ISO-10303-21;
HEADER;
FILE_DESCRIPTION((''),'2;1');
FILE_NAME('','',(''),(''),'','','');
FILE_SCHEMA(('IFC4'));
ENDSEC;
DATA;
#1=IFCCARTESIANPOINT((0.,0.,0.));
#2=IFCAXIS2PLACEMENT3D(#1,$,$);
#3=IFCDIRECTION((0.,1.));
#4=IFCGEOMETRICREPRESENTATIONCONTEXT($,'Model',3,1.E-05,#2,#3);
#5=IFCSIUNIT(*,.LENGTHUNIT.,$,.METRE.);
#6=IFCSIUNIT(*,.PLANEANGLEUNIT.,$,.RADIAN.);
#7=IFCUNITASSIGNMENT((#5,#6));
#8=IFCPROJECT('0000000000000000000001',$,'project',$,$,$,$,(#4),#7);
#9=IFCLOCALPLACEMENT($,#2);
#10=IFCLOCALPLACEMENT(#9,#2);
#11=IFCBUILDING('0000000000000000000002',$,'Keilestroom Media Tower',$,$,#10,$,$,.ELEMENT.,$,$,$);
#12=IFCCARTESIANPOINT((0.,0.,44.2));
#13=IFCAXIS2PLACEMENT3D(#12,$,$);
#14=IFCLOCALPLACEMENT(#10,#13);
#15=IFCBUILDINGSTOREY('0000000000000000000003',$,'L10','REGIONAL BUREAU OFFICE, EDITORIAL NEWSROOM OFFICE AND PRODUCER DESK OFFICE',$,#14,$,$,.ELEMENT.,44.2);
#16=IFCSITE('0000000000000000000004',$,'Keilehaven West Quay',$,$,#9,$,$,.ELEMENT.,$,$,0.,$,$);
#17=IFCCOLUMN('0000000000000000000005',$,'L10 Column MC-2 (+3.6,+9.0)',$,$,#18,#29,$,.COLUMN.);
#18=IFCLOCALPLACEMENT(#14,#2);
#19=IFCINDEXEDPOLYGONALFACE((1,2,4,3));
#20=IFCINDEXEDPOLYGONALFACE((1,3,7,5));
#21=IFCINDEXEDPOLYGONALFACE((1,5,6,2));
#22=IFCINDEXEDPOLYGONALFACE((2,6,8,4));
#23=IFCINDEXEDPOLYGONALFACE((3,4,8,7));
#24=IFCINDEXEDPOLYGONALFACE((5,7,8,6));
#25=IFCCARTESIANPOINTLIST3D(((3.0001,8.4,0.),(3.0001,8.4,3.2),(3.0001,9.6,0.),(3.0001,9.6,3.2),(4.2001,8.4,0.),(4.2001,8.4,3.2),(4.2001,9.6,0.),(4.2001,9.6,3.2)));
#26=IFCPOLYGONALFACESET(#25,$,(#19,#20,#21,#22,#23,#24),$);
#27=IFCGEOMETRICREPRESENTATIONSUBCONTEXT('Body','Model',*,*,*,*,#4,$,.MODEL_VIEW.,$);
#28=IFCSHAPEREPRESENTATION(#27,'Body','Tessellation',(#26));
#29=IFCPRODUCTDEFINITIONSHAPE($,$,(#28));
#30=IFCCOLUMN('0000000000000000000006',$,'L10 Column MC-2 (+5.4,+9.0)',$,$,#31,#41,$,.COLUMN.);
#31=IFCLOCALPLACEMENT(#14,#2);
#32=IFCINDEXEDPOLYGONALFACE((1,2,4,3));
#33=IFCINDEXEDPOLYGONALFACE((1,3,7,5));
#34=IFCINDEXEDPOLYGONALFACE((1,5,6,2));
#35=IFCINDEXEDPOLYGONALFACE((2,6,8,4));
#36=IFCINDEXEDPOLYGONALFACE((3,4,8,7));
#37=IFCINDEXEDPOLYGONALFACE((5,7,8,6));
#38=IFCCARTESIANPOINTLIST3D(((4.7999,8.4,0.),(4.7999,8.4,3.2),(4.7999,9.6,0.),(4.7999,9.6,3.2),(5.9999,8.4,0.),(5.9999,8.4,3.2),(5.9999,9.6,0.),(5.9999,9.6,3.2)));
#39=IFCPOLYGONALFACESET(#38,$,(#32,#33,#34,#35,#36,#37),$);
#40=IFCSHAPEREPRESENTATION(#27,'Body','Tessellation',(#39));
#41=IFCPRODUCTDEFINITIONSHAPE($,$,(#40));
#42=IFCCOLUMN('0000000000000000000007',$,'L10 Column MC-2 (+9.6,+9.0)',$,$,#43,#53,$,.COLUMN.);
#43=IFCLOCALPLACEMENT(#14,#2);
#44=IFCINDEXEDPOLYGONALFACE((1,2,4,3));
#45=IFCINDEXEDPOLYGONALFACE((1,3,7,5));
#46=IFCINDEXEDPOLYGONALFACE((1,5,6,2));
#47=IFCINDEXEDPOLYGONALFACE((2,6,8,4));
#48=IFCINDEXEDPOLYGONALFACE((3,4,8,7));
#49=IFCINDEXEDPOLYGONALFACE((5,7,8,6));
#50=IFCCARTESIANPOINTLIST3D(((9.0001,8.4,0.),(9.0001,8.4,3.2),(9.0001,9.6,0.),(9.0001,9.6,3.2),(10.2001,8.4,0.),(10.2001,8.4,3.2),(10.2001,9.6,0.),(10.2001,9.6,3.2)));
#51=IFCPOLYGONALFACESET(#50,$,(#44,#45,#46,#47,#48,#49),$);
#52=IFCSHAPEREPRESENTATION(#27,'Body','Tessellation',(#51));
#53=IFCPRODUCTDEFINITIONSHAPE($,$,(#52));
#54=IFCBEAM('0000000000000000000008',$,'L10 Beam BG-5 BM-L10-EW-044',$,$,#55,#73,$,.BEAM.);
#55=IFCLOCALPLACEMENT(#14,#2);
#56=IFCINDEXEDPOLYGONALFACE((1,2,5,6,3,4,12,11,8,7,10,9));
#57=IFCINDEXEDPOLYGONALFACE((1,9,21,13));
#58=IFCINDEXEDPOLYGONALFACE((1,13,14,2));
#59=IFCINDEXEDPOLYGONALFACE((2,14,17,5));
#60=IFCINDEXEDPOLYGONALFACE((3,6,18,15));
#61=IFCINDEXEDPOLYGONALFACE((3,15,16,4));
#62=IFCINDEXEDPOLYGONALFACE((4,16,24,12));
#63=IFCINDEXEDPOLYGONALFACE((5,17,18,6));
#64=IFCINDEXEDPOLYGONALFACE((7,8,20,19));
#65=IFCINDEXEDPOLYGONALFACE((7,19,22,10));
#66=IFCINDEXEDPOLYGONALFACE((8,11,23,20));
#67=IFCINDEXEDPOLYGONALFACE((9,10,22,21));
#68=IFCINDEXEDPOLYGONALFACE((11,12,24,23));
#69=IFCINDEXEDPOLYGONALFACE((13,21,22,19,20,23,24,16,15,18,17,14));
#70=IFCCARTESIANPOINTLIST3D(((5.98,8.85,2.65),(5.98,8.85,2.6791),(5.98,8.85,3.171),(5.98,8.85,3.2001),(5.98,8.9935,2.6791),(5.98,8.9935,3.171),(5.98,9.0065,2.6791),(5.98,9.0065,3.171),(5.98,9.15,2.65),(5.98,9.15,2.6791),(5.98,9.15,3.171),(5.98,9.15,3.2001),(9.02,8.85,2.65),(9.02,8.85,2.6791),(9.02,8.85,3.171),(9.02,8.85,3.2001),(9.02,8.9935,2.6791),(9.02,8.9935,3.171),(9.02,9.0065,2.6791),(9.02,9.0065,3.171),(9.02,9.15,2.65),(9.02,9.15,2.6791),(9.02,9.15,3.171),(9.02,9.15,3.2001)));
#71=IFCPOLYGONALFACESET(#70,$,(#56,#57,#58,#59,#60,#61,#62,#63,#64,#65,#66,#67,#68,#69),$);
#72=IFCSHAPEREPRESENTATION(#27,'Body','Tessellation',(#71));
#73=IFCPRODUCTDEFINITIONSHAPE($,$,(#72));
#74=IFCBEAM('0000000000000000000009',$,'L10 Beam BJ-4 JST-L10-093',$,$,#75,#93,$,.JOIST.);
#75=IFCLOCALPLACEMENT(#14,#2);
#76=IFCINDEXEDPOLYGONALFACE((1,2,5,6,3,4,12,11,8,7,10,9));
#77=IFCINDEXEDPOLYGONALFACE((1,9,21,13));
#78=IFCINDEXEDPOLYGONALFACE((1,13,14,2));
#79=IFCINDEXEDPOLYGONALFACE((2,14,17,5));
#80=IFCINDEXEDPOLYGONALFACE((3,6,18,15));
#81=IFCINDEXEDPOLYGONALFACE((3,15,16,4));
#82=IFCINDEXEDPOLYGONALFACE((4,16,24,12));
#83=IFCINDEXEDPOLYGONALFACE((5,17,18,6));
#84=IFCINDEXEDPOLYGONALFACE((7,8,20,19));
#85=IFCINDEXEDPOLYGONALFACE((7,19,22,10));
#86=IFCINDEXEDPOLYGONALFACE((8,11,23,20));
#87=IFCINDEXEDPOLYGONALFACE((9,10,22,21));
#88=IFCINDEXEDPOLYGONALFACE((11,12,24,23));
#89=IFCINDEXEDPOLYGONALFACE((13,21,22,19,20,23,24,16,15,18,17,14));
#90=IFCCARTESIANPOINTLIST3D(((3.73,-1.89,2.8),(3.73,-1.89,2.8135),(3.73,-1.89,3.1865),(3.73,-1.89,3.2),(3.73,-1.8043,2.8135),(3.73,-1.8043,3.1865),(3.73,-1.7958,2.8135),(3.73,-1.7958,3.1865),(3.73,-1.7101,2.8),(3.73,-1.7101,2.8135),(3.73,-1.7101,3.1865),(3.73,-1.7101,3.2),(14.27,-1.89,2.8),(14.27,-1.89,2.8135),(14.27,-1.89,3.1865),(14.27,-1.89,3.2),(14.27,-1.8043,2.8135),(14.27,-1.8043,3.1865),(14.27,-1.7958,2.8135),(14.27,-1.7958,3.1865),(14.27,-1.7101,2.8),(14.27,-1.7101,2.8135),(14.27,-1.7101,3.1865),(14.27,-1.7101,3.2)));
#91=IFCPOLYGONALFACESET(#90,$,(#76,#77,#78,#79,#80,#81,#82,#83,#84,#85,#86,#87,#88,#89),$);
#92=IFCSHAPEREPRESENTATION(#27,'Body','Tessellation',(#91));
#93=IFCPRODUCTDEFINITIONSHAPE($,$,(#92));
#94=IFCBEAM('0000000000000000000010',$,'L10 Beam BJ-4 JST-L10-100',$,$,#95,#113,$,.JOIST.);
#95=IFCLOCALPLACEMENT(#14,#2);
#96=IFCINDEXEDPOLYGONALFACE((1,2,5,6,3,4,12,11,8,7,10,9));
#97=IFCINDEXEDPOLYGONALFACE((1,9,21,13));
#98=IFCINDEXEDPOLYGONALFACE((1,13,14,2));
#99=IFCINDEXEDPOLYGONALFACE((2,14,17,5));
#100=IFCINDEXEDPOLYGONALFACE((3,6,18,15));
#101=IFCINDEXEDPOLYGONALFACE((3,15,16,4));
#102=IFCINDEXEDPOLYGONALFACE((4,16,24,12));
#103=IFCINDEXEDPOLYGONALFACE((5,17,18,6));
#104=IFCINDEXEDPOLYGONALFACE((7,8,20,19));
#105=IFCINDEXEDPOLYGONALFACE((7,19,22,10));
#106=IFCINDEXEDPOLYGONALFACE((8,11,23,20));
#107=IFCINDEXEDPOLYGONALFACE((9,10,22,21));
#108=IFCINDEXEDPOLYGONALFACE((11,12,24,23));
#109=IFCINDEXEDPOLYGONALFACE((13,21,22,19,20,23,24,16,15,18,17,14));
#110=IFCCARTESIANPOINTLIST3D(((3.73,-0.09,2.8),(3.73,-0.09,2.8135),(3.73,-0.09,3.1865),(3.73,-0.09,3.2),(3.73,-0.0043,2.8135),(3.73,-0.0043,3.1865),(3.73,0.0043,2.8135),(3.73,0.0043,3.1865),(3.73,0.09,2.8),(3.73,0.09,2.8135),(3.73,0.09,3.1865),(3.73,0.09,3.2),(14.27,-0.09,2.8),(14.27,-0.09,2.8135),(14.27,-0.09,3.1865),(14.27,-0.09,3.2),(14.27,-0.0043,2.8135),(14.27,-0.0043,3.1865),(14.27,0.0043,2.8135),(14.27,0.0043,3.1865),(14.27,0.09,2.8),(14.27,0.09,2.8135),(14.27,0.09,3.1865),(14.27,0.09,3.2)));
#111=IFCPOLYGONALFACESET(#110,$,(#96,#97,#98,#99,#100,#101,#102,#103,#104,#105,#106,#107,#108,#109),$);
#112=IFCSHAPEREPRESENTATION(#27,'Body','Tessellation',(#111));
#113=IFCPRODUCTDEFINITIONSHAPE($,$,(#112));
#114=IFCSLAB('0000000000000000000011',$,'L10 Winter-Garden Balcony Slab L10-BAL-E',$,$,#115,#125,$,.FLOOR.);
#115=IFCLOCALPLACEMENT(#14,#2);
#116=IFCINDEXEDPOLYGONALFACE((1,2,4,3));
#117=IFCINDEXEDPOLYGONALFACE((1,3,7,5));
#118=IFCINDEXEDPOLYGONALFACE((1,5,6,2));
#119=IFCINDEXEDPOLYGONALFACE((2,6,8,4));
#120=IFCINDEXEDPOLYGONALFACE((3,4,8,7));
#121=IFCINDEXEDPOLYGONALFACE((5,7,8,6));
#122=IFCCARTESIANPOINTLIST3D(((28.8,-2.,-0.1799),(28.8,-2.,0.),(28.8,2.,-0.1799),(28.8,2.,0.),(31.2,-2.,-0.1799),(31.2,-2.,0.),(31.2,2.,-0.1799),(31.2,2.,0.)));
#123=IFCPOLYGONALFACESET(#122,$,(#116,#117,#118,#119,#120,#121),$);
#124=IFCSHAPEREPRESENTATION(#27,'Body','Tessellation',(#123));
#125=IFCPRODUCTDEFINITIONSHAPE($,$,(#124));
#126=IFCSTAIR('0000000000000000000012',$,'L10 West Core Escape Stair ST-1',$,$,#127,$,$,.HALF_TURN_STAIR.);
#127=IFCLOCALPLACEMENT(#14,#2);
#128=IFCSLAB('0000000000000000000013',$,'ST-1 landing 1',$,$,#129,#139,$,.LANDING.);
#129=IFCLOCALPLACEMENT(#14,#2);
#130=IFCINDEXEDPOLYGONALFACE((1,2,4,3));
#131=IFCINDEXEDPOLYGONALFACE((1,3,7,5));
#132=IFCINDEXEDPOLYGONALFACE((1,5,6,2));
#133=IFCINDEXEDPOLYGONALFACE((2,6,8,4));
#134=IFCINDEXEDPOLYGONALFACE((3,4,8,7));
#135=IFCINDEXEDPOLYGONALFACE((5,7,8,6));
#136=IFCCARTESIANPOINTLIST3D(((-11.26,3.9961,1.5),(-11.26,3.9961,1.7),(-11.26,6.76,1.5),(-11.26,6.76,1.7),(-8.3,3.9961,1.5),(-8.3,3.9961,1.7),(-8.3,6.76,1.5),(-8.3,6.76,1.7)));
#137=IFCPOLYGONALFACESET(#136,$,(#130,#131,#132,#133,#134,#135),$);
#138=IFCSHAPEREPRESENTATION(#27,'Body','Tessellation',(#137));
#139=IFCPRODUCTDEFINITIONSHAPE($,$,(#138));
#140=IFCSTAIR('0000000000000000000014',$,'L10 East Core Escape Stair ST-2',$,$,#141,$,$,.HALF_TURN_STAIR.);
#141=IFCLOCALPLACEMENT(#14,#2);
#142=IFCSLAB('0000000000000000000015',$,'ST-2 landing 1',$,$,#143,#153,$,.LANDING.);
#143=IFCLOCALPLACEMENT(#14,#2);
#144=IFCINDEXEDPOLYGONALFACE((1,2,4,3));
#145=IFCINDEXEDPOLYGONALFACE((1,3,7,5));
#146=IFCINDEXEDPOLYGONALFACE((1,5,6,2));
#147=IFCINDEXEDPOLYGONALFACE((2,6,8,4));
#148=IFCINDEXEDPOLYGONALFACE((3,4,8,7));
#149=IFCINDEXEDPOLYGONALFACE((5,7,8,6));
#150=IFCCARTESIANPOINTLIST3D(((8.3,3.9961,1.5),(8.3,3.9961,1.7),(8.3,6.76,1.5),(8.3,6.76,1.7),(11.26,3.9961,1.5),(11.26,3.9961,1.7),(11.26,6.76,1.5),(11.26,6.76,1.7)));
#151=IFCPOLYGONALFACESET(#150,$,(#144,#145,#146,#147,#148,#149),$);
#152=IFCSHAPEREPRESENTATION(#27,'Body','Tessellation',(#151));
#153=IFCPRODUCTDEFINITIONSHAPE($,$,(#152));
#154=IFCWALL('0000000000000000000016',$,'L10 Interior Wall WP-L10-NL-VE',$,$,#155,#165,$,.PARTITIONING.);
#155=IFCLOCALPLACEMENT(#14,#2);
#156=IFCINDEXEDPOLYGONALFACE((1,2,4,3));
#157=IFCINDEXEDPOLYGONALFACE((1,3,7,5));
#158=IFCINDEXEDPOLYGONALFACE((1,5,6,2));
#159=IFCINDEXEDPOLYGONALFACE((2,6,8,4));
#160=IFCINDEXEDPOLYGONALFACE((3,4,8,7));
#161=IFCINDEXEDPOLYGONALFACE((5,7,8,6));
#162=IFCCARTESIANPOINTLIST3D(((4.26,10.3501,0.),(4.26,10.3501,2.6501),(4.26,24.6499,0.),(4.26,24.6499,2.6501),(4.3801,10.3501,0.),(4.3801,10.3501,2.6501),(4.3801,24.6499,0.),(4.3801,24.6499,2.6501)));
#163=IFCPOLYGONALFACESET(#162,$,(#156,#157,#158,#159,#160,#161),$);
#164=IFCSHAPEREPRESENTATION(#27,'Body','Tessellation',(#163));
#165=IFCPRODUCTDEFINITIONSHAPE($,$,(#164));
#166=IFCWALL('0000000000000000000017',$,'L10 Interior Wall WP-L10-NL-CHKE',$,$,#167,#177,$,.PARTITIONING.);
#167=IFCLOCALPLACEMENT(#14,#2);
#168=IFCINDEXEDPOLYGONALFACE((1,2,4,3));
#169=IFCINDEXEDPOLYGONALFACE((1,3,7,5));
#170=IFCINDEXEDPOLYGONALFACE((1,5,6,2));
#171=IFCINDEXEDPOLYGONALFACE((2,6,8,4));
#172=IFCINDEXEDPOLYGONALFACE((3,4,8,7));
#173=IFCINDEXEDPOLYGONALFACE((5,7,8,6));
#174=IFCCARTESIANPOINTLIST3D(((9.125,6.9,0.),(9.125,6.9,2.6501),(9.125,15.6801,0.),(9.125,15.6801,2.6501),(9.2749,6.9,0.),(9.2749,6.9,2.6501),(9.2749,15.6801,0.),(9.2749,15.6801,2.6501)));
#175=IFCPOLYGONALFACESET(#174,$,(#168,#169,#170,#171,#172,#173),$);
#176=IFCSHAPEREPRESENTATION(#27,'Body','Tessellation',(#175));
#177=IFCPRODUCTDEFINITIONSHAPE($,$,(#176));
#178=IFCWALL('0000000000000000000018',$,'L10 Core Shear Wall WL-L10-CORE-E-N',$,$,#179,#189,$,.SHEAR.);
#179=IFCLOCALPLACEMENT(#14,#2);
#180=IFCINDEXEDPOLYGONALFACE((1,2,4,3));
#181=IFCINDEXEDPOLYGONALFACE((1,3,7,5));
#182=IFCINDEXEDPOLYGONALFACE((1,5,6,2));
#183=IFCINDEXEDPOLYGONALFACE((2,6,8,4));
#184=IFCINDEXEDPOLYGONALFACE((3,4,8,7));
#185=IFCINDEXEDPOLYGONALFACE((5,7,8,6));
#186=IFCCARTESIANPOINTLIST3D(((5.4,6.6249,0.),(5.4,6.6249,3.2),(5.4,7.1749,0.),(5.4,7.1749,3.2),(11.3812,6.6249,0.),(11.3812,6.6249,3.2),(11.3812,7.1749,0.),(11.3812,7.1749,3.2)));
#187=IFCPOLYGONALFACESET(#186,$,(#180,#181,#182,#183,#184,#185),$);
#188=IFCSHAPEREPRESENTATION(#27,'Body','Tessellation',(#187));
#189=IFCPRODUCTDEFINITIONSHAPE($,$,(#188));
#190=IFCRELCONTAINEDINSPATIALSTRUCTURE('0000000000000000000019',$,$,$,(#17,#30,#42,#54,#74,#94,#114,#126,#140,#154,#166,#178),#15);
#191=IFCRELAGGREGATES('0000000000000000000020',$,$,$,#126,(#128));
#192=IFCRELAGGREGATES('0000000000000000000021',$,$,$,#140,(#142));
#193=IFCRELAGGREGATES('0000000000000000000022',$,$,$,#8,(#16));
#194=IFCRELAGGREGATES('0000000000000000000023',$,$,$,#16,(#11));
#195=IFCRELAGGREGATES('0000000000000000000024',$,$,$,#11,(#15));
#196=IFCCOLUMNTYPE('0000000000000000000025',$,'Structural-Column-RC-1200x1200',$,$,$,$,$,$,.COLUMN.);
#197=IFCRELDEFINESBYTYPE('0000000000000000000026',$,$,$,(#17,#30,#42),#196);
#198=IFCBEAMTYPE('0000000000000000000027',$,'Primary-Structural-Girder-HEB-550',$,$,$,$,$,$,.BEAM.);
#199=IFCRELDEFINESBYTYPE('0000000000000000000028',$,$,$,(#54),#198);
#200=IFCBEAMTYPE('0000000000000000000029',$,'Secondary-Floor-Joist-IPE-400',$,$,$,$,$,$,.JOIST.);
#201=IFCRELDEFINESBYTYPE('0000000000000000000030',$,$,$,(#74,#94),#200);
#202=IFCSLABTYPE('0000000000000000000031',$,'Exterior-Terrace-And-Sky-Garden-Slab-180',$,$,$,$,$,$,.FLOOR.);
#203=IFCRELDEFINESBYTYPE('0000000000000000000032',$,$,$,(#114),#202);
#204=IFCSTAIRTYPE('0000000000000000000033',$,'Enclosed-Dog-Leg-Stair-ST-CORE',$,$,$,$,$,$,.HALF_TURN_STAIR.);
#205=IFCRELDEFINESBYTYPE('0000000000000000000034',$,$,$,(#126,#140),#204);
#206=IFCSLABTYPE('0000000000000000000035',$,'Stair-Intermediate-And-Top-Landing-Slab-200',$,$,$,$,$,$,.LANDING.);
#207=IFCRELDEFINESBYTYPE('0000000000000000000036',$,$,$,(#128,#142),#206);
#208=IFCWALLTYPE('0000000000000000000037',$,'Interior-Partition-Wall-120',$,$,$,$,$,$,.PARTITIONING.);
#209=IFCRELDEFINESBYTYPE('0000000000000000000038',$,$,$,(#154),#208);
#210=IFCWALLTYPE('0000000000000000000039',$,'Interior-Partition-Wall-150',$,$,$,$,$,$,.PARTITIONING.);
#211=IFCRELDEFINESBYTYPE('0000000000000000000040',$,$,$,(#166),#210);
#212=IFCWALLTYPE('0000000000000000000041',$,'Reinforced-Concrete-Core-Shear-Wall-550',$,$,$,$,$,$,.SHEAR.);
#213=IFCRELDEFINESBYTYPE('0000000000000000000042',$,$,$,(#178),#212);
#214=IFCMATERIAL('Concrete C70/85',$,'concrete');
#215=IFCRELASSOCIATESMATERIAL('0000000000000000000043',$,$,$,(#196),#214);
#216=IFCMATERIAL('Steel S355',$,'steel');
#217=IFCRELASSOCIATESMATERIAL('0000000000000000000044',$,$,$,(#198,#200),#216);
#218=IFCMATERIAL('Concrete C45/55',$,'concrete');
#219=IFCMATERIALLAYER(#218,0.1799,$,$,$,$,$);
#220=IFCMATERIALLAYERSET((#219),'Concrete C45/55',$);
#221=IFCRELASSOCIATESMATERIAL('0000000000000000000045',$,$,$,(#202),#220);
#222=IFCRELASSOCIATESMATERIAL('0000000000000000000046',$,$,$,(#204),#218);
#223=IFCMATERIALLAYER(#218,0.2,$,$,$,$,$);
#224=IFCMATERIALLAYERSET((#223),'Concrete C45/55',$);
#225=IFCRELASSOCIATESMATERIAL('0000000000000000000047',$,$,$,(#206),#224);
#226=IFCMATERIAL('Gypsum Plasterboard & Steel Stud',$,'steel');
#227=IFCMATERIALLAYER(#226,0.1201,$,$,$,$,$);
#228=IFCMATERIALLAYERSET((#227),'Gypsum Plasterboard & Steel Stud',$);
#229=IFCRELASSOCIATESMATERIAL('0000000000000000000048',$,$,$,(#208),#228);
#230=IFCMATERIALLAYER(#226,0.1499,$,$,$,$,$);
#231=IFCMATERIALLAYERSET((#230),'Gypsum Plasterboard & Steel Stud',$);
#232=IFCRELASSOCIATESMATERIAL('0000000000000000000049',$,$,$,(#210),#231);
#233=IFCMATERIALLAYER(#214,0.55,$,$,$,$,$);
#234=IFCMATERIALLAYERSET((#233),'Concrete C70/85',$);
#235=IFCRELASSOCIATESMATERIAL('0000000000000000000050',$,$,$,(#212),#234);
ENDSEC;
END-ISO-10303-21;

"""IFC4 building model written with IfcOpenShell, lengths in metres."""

from ifc_helpers import new_model, si_unit, direction, frame, frame_2d, origin, origin_2d, place, context, subcontext, project, spatial, polyline, rectangle, i_section, outline, extrude, source, transform, mapped, material, layer, layer_set, material_profile, profile_set, type_object, element, aggregate, save


model = new_model("IFC4")

# Units and contexts
model_context = context("Model", 3, precision=1e-05, world=origin(), true_north=direction((0.0, 1.0)))
body_context = subcontext(model_context, "Body", "Model", "MODEL_VIEW")
ifc_project = project(units=[si_unit("LENGTHUNIT", "METRE"), si_unit("PLANEANGLEUNIT", "RADIAN")], contexts=[model_context])

# Site, building, storey
site_placement = place(None, origin())
site = spatial("IfcSite", under=ifc_project, at=site_placement, Name="Keilehaven West Quay", CompositionType="ELEMENT", RefElevation=0.0)
building_placement = place(site_placement, origin())
building = spatial("IfcBuilding", under=site, at=building_placement, Name="Keilestroom Media Tower", CompositionType="ELEMENT")
storey_placement = place(building_placement, frame((0.0, 0.0, 44.2)))
storey = spatial("IfcBuildingStorey", under=building, at=storey_placement, Name="L10", Description="REGIONAL BUREAU OFFICE, EDITORIAL NEWSROOM OFFICE AND PRODUCER DESK OFFICE", CompositionType="ELEMENT", Elevation=44.2)

# Columns
ifc_material_1 = material(Name="Concrete C70/85", Category="concrete")
ifc_material_profile_1 = material_profile(ifc_material_1, rectangle(XDim=1.2, YDim=1.2, at=origin_2d()), Name="RC 1200x1200")
ifc_profile_set_1 = profile_set([ifc_material_profile_1], Name="Concrete C70/85")
column_type = type_object("IfcColumnType", Name="Structural-Column-RC-1200x1200", PredefinedType="COLUMN", material=ifc_profile_set_1)
shared_shape_1 = source(origin(), body_context, "Body", "SweptSolid", [
    extrude(rectangle(XDim=1.2, YDim=1.2, at=origin_2d()), origin(), (0.0, 0.0, 1.0), 3.2),
])
for number, where, z_axis, x_axis, name in (
    (1, (3.6001, 9.0, 0.0), (0.0, 0.0, 1.0), (1.0, 0.0, 0.0), "L10 Column MC-2 (+3.6,+9.0)"),
    (2, (5.3999, 9.0, 0.0), (0.0, 0.0, 1.0), (1.0, 0.0, 0.0), "L10 Column MC-2 (+5.4,+9.0)"),
    (3, (9.6001, 9.0, 0.0), (0.0, 0.0, 1.0), (1.0, 0.0, 0.0), "L10 Column MC-2 (+9.6,+9.0)"),
):
    element("IfcColumn", number, at=place(storey_placement, frame(where, z_axis=z_axis, x_axis=x_axis)), inside=storey, type_object=column_type, Name=name, PredefinedType="COLUMN", context=body_context, shape_type="MappedRepresentation", body=[
        mapped(shared_shape_1, transform((0.0, 0.0, 0.0), x_axis=(1.0, 0.0, 0.0), y_axis=(0.0, 1.0, 0.0), z_axis=(0.0, 0.0, 1.0), scale=1.0)),
    ])

# Beams
ifc_material_2 = material(Name="Steel S355", Category="steel")
ifc_material_profile_2 = material_profile(ifc_material_2, i_section(OverallWidth=0.3, OverallDepth=0.55, WebThickness=0.0129, FlangeThickness=0.0291, at=origin_2d()), Name="HEB 550")
ifc_profile_set_2 = profile_set([ifc_material_profile_2], Name="Steel S355")
beam_type_1 = type_object("IfcBeamType", Name="Primary-Structural-Girder-HEB-550", PredefinedType="BEAM", material=ifc_profile_set_2)
shared_shape_2 = source(origin(), body_context, "Body", "SweptSolid", [
    extrude(i_section(OverallWidth=0.3, OverallDepth=0.55, WebThickness=0.0129, FlangeThickness=0.0291, at=origin_2d()), origin(), (0.0, 0.0, 1.0), 3.04),
])
beam_placement = place(storey_placement, frame((5.98, 9.0, 2.925), z_axis=(1.0, 0.0, 0.0), x_axis=(0.0, 1.0, 0.0)))
element("IfcBeam", 4, at=beam_placement, inside=storey, type_object=beam_type_1, Name="L10 Beam BG-5 BM-L10-EW-044", PredefinedType="BEAM", context=body_context, shape_type="MappedRepresentation", body=[
    mapped(shared_shape_2, transform((0.0, 0.0, 0.0), x_axis=(1.0, 0.0, 0.0), y_axis=(0.0, 1.0, 0.0), z_axis=(0.0, 0.0, 1.0), scale=1.0)),
])
ifc_material_profile_3 = material_profile(ifc_material_2, i_section(OverallWidth=0.1799, OverallDepth=0.3999, WebThickness=0.0085, FlangeThickness=0.0134, at=origin_2d()), Name="IPE 400")
ifc_profile_set_3 = profile_set([ifc_material_profile_3], Name="Steel S355")
beam_type_2 = type_object("IfcBeamType", Name="Secondary-Floor-Joist-IPE-400", PredefinedType="JOIST", material=ifc_profile_set_3)
shared_shape_3 = source(origin(), body_context, "Body", "SweptSolid", [
    extrude(i_section(OverallWidth=0.1799, OverallDepth=0.3999, WebThickness=0.0085, FlangeThickness=0.0134, at=origin_2d()), origin(), (0.0, 0.0, 1.0), 10.54),
])
for number, where, z_axis, x_axis, name in (
    (5, (3.73, -1.8, 3.0), (1.0, 0.0, 0.0), (0.0, 1.0, 0.0), "L10 Beam BJ-4 JST-L10-093"),
    (6, (3.73, 0.0, 3.0), (1.0, 0.0, 0.0), (0.0, 1.0, 0.0), "L10 Beam BJ-4 JST-L10-100"),
):
    element("IfcBeam", number, at=place(storey_placement, frame(where, z_axis=z_axis, x_axis=x_axis)), inside=storey, type_object=beam_type_2, Name=name, PredefinedType="JOIST", context=body_context, shape_type="MappedRepresentation", body=[
        mapped(shared_shape_3, transform((0.0, 0.0, 0.0), x_axis=(1.0, 0.0, 0.0), y_axis=(0.0, 1.0, 0.0), z_axis=(0.0, 0.0, 1.0), scale=1.0)),
    ])

# Slab
ifc_material_3 = material(Name="Concrete C45/55", Category="concrete")
ifc_layer_1 = layer(ifc_material_3, 0.1799)
ifc_layer_set_1 = layer_set([ifc_layer_1], Name="Concrete C45/55")
slab_type_1 = type_object("IfcSlabType", Name="Exterior-Terrace-And-Sky-Garden-Slab-180", PredefinedType="FLOOR", material=ifc_layer_set_1)
slab_1_placement = place(storey_placement, frame((0.0, 0.0, -0.1799)))
element("IfcSlab", 7, at=slab_1_placement, inside=storey, type_object=slab_type_1, Name="L10 Winter-Garden Balcony Slab L10-BAL-E", PredefinedType="FLOOR", context=body_context, shape_type="SweptSolid", body=[
    extrude(outline(polyline([(28.8, -2.0), (31.2, -2.0), (31.2, 2.0), (28.8, 2.0), (28.8, -2.0)])), origin(), (0.0, 0.0, 1.0), 0.1799),
])

# Stairs, slabs
stair_type = type_object("IfcStairType", Name="Enclosed-Dog-Leg-Stair-ST-CORE", PredefinedType="HALF_TURN_STAIR", material=ifc_material_3)
stair_1_placement = place(storey_placement, origin())
stair_1 = element("IfcStair", 8, at=stair_1_placement, inside=storey, type_object=stair_type, Name="L10 West Core Escape Stair ST-1", PredefinedType="HALF_TURN_STAIR")
ifc_layer_2 = layer(ifc_material_3, 0.2)
ifc_layer_set_2 = layer_set([ifc_layer_2], Name="Concrete C45/55")
slab_type_2 = type_object("IfcSlabType", Name="Stair-Intermediate-And-Top-Landing-Slab-200", PredefinedType="LANDING", material=ifc_layer_set_2)
slab_2_placement = place(storey_placement, frame((0.0, 0.0, 1.5)))
slab_2 = element("IfcSlab", 9, at=slab_2_placement, type_object=slab_type_2, Name="ST-1 landing 1", PredefinedType="LANDING", context=body_context, shape_type="SweptSolid", body=[
    extrude(outline(polyline([(-8.3, 3.9961), (-8.3, 6.76), (-11.26, 6.76), (-11.26, 3.9961), (-8.3, 3.9961)])), origin(), (0.0, 0.0, 1.0), 0.2),
])
aggregate(stair_1, [slab_2])
stair_2_placement = place(storey_placement, origin())
stair_2 = element("IfcStair", 10, at=stair_2_placement, inside=storey, type_object=stair_type, Name="L10 East Core Escape Stair ST-2", PredefinedType="HALF_TURN_STAIR")
slab_3_placement = place(storey_placement, frame((0.0, 0.0, 1.5)))
slab_3 = element("IfcSlab", 11, at=slab_3_placement, type_object=slab_type_2, Name="ST-2 landing 1", PredefinedType="LANDING", context=body_context, shape_type="SweptSolid", body=[
    extrude(outline(polyline([(11.26, 3.9961), (11.26, 6.76), (8.3, 6.76), (8.3, 3.9961), (11.26, 3.9961)])), origin(), (0.0, 0.0, 1.0), 0.2),
])

# Walls
ifc_material_4 = material(Name="Gypsum Plasterboard & Steel Stud", Category="steel")
ifc_layer_3 = layer(ifc_material_4, 0.1201)
ifc_layer_set_3 = layer_set([ifc_layer_3], Name="Gypsum Plasterboard & Steel Stud")
wall_type_1 = type_object("IfcWallType", Name="Interior-Partition-Wall-120", PredefinedType="PARTITIONING", material=ifc_layer_set_3)
wall_1_placement = place(storey_placement, frame((4.3201, 10.3501, 0.0), z_axis=(0.0, 0.0, 1.0), x_axis=(0.0, 1.0, 0.0)))
element("IfcWall", 12, at=wall_1_placement, inside=storey, type_object=wall_type_1, Name="L10 Interior Wall WP-L10-NL-VE", PredefinedType="PARTITIONING", context=body_context, shape_type="SweptSolid", body=[
    extrude(rectangle(XDim=14.2998, YDim=0.1201, at=frame_2d((7.1499, 0.0))), origin(), (0.0, 0.0, 1.0), 2.6501),
])
ifc_layer_4 = layer(ifc_material_4, 0.1499)
ifc_layer_set_4 = layer_set([ifc_layer_4], Name="Gypsum Plasterboard & Steel Stud")
wall_type_2 = type_object("IfcWallType", Name="Interior-Partition-Wall-150", PredefinedType="PARTITIONING", material=ifc_layer_set_4)
wall_2_placement = place(storey_placement, frame((9.2, 6.8999, 0.0), z_axis=(0.0, 0.0, 1.0), x_axis=(0.0, 1.0, 0.0)))
element("IfcWall", 13, at=wall_2_placement, inside=storey, type_object=wall_type_2, Name="L10 Interior Wall WP-L10-NL-CHKE", PredefinedType="PARTITIONING", context=body_context, shape_type="SweptSolid", body=[
    extrude(rectangle(XDim=8.78, YDim=0.1499, at=frame_2d((4.3901, 0.0))), origin(), (0.0, 0.0, 1.0), 2.6501),
])
ifc_layer_5 = layer(ifc_material_1, 0.55)
ifc_layer_set_5 = layer_set([ifc_layer_5], Name="Concrete C70/85")
wall_type_3 = type_object("IfcWallType", Name="Reinforced-Concrete-Core-Shear-Wall-550", PredefinedType="SHEAR", material=ifc_layer_set_5)
wall_3_placement = place(storey_placement, frame((5.3999, 6.8999, 0.0), z_axis=(0.0, 0.0, 1.0), x_axis=(1.0, 0.0, 0.0)))
element("IfcWall", 14, at=wall_3_placement, inside=storey, type_object=wall_type_3, Name="L10 Core Shear Wall WL-L10-CORE-E-N", PredefinedType="SHEAR", context=body_context, shape_type="SweptSolid", body=[
    extrude(rectangle(XDim=5.9812, YDim=0.55, at=frame_2d((2.9907, 0.0))), origin(), (0.0, 0.0, 1.0), 3.2),
])

aggregate(stair_2, [slab_3])

save(model, "model.ifc")
